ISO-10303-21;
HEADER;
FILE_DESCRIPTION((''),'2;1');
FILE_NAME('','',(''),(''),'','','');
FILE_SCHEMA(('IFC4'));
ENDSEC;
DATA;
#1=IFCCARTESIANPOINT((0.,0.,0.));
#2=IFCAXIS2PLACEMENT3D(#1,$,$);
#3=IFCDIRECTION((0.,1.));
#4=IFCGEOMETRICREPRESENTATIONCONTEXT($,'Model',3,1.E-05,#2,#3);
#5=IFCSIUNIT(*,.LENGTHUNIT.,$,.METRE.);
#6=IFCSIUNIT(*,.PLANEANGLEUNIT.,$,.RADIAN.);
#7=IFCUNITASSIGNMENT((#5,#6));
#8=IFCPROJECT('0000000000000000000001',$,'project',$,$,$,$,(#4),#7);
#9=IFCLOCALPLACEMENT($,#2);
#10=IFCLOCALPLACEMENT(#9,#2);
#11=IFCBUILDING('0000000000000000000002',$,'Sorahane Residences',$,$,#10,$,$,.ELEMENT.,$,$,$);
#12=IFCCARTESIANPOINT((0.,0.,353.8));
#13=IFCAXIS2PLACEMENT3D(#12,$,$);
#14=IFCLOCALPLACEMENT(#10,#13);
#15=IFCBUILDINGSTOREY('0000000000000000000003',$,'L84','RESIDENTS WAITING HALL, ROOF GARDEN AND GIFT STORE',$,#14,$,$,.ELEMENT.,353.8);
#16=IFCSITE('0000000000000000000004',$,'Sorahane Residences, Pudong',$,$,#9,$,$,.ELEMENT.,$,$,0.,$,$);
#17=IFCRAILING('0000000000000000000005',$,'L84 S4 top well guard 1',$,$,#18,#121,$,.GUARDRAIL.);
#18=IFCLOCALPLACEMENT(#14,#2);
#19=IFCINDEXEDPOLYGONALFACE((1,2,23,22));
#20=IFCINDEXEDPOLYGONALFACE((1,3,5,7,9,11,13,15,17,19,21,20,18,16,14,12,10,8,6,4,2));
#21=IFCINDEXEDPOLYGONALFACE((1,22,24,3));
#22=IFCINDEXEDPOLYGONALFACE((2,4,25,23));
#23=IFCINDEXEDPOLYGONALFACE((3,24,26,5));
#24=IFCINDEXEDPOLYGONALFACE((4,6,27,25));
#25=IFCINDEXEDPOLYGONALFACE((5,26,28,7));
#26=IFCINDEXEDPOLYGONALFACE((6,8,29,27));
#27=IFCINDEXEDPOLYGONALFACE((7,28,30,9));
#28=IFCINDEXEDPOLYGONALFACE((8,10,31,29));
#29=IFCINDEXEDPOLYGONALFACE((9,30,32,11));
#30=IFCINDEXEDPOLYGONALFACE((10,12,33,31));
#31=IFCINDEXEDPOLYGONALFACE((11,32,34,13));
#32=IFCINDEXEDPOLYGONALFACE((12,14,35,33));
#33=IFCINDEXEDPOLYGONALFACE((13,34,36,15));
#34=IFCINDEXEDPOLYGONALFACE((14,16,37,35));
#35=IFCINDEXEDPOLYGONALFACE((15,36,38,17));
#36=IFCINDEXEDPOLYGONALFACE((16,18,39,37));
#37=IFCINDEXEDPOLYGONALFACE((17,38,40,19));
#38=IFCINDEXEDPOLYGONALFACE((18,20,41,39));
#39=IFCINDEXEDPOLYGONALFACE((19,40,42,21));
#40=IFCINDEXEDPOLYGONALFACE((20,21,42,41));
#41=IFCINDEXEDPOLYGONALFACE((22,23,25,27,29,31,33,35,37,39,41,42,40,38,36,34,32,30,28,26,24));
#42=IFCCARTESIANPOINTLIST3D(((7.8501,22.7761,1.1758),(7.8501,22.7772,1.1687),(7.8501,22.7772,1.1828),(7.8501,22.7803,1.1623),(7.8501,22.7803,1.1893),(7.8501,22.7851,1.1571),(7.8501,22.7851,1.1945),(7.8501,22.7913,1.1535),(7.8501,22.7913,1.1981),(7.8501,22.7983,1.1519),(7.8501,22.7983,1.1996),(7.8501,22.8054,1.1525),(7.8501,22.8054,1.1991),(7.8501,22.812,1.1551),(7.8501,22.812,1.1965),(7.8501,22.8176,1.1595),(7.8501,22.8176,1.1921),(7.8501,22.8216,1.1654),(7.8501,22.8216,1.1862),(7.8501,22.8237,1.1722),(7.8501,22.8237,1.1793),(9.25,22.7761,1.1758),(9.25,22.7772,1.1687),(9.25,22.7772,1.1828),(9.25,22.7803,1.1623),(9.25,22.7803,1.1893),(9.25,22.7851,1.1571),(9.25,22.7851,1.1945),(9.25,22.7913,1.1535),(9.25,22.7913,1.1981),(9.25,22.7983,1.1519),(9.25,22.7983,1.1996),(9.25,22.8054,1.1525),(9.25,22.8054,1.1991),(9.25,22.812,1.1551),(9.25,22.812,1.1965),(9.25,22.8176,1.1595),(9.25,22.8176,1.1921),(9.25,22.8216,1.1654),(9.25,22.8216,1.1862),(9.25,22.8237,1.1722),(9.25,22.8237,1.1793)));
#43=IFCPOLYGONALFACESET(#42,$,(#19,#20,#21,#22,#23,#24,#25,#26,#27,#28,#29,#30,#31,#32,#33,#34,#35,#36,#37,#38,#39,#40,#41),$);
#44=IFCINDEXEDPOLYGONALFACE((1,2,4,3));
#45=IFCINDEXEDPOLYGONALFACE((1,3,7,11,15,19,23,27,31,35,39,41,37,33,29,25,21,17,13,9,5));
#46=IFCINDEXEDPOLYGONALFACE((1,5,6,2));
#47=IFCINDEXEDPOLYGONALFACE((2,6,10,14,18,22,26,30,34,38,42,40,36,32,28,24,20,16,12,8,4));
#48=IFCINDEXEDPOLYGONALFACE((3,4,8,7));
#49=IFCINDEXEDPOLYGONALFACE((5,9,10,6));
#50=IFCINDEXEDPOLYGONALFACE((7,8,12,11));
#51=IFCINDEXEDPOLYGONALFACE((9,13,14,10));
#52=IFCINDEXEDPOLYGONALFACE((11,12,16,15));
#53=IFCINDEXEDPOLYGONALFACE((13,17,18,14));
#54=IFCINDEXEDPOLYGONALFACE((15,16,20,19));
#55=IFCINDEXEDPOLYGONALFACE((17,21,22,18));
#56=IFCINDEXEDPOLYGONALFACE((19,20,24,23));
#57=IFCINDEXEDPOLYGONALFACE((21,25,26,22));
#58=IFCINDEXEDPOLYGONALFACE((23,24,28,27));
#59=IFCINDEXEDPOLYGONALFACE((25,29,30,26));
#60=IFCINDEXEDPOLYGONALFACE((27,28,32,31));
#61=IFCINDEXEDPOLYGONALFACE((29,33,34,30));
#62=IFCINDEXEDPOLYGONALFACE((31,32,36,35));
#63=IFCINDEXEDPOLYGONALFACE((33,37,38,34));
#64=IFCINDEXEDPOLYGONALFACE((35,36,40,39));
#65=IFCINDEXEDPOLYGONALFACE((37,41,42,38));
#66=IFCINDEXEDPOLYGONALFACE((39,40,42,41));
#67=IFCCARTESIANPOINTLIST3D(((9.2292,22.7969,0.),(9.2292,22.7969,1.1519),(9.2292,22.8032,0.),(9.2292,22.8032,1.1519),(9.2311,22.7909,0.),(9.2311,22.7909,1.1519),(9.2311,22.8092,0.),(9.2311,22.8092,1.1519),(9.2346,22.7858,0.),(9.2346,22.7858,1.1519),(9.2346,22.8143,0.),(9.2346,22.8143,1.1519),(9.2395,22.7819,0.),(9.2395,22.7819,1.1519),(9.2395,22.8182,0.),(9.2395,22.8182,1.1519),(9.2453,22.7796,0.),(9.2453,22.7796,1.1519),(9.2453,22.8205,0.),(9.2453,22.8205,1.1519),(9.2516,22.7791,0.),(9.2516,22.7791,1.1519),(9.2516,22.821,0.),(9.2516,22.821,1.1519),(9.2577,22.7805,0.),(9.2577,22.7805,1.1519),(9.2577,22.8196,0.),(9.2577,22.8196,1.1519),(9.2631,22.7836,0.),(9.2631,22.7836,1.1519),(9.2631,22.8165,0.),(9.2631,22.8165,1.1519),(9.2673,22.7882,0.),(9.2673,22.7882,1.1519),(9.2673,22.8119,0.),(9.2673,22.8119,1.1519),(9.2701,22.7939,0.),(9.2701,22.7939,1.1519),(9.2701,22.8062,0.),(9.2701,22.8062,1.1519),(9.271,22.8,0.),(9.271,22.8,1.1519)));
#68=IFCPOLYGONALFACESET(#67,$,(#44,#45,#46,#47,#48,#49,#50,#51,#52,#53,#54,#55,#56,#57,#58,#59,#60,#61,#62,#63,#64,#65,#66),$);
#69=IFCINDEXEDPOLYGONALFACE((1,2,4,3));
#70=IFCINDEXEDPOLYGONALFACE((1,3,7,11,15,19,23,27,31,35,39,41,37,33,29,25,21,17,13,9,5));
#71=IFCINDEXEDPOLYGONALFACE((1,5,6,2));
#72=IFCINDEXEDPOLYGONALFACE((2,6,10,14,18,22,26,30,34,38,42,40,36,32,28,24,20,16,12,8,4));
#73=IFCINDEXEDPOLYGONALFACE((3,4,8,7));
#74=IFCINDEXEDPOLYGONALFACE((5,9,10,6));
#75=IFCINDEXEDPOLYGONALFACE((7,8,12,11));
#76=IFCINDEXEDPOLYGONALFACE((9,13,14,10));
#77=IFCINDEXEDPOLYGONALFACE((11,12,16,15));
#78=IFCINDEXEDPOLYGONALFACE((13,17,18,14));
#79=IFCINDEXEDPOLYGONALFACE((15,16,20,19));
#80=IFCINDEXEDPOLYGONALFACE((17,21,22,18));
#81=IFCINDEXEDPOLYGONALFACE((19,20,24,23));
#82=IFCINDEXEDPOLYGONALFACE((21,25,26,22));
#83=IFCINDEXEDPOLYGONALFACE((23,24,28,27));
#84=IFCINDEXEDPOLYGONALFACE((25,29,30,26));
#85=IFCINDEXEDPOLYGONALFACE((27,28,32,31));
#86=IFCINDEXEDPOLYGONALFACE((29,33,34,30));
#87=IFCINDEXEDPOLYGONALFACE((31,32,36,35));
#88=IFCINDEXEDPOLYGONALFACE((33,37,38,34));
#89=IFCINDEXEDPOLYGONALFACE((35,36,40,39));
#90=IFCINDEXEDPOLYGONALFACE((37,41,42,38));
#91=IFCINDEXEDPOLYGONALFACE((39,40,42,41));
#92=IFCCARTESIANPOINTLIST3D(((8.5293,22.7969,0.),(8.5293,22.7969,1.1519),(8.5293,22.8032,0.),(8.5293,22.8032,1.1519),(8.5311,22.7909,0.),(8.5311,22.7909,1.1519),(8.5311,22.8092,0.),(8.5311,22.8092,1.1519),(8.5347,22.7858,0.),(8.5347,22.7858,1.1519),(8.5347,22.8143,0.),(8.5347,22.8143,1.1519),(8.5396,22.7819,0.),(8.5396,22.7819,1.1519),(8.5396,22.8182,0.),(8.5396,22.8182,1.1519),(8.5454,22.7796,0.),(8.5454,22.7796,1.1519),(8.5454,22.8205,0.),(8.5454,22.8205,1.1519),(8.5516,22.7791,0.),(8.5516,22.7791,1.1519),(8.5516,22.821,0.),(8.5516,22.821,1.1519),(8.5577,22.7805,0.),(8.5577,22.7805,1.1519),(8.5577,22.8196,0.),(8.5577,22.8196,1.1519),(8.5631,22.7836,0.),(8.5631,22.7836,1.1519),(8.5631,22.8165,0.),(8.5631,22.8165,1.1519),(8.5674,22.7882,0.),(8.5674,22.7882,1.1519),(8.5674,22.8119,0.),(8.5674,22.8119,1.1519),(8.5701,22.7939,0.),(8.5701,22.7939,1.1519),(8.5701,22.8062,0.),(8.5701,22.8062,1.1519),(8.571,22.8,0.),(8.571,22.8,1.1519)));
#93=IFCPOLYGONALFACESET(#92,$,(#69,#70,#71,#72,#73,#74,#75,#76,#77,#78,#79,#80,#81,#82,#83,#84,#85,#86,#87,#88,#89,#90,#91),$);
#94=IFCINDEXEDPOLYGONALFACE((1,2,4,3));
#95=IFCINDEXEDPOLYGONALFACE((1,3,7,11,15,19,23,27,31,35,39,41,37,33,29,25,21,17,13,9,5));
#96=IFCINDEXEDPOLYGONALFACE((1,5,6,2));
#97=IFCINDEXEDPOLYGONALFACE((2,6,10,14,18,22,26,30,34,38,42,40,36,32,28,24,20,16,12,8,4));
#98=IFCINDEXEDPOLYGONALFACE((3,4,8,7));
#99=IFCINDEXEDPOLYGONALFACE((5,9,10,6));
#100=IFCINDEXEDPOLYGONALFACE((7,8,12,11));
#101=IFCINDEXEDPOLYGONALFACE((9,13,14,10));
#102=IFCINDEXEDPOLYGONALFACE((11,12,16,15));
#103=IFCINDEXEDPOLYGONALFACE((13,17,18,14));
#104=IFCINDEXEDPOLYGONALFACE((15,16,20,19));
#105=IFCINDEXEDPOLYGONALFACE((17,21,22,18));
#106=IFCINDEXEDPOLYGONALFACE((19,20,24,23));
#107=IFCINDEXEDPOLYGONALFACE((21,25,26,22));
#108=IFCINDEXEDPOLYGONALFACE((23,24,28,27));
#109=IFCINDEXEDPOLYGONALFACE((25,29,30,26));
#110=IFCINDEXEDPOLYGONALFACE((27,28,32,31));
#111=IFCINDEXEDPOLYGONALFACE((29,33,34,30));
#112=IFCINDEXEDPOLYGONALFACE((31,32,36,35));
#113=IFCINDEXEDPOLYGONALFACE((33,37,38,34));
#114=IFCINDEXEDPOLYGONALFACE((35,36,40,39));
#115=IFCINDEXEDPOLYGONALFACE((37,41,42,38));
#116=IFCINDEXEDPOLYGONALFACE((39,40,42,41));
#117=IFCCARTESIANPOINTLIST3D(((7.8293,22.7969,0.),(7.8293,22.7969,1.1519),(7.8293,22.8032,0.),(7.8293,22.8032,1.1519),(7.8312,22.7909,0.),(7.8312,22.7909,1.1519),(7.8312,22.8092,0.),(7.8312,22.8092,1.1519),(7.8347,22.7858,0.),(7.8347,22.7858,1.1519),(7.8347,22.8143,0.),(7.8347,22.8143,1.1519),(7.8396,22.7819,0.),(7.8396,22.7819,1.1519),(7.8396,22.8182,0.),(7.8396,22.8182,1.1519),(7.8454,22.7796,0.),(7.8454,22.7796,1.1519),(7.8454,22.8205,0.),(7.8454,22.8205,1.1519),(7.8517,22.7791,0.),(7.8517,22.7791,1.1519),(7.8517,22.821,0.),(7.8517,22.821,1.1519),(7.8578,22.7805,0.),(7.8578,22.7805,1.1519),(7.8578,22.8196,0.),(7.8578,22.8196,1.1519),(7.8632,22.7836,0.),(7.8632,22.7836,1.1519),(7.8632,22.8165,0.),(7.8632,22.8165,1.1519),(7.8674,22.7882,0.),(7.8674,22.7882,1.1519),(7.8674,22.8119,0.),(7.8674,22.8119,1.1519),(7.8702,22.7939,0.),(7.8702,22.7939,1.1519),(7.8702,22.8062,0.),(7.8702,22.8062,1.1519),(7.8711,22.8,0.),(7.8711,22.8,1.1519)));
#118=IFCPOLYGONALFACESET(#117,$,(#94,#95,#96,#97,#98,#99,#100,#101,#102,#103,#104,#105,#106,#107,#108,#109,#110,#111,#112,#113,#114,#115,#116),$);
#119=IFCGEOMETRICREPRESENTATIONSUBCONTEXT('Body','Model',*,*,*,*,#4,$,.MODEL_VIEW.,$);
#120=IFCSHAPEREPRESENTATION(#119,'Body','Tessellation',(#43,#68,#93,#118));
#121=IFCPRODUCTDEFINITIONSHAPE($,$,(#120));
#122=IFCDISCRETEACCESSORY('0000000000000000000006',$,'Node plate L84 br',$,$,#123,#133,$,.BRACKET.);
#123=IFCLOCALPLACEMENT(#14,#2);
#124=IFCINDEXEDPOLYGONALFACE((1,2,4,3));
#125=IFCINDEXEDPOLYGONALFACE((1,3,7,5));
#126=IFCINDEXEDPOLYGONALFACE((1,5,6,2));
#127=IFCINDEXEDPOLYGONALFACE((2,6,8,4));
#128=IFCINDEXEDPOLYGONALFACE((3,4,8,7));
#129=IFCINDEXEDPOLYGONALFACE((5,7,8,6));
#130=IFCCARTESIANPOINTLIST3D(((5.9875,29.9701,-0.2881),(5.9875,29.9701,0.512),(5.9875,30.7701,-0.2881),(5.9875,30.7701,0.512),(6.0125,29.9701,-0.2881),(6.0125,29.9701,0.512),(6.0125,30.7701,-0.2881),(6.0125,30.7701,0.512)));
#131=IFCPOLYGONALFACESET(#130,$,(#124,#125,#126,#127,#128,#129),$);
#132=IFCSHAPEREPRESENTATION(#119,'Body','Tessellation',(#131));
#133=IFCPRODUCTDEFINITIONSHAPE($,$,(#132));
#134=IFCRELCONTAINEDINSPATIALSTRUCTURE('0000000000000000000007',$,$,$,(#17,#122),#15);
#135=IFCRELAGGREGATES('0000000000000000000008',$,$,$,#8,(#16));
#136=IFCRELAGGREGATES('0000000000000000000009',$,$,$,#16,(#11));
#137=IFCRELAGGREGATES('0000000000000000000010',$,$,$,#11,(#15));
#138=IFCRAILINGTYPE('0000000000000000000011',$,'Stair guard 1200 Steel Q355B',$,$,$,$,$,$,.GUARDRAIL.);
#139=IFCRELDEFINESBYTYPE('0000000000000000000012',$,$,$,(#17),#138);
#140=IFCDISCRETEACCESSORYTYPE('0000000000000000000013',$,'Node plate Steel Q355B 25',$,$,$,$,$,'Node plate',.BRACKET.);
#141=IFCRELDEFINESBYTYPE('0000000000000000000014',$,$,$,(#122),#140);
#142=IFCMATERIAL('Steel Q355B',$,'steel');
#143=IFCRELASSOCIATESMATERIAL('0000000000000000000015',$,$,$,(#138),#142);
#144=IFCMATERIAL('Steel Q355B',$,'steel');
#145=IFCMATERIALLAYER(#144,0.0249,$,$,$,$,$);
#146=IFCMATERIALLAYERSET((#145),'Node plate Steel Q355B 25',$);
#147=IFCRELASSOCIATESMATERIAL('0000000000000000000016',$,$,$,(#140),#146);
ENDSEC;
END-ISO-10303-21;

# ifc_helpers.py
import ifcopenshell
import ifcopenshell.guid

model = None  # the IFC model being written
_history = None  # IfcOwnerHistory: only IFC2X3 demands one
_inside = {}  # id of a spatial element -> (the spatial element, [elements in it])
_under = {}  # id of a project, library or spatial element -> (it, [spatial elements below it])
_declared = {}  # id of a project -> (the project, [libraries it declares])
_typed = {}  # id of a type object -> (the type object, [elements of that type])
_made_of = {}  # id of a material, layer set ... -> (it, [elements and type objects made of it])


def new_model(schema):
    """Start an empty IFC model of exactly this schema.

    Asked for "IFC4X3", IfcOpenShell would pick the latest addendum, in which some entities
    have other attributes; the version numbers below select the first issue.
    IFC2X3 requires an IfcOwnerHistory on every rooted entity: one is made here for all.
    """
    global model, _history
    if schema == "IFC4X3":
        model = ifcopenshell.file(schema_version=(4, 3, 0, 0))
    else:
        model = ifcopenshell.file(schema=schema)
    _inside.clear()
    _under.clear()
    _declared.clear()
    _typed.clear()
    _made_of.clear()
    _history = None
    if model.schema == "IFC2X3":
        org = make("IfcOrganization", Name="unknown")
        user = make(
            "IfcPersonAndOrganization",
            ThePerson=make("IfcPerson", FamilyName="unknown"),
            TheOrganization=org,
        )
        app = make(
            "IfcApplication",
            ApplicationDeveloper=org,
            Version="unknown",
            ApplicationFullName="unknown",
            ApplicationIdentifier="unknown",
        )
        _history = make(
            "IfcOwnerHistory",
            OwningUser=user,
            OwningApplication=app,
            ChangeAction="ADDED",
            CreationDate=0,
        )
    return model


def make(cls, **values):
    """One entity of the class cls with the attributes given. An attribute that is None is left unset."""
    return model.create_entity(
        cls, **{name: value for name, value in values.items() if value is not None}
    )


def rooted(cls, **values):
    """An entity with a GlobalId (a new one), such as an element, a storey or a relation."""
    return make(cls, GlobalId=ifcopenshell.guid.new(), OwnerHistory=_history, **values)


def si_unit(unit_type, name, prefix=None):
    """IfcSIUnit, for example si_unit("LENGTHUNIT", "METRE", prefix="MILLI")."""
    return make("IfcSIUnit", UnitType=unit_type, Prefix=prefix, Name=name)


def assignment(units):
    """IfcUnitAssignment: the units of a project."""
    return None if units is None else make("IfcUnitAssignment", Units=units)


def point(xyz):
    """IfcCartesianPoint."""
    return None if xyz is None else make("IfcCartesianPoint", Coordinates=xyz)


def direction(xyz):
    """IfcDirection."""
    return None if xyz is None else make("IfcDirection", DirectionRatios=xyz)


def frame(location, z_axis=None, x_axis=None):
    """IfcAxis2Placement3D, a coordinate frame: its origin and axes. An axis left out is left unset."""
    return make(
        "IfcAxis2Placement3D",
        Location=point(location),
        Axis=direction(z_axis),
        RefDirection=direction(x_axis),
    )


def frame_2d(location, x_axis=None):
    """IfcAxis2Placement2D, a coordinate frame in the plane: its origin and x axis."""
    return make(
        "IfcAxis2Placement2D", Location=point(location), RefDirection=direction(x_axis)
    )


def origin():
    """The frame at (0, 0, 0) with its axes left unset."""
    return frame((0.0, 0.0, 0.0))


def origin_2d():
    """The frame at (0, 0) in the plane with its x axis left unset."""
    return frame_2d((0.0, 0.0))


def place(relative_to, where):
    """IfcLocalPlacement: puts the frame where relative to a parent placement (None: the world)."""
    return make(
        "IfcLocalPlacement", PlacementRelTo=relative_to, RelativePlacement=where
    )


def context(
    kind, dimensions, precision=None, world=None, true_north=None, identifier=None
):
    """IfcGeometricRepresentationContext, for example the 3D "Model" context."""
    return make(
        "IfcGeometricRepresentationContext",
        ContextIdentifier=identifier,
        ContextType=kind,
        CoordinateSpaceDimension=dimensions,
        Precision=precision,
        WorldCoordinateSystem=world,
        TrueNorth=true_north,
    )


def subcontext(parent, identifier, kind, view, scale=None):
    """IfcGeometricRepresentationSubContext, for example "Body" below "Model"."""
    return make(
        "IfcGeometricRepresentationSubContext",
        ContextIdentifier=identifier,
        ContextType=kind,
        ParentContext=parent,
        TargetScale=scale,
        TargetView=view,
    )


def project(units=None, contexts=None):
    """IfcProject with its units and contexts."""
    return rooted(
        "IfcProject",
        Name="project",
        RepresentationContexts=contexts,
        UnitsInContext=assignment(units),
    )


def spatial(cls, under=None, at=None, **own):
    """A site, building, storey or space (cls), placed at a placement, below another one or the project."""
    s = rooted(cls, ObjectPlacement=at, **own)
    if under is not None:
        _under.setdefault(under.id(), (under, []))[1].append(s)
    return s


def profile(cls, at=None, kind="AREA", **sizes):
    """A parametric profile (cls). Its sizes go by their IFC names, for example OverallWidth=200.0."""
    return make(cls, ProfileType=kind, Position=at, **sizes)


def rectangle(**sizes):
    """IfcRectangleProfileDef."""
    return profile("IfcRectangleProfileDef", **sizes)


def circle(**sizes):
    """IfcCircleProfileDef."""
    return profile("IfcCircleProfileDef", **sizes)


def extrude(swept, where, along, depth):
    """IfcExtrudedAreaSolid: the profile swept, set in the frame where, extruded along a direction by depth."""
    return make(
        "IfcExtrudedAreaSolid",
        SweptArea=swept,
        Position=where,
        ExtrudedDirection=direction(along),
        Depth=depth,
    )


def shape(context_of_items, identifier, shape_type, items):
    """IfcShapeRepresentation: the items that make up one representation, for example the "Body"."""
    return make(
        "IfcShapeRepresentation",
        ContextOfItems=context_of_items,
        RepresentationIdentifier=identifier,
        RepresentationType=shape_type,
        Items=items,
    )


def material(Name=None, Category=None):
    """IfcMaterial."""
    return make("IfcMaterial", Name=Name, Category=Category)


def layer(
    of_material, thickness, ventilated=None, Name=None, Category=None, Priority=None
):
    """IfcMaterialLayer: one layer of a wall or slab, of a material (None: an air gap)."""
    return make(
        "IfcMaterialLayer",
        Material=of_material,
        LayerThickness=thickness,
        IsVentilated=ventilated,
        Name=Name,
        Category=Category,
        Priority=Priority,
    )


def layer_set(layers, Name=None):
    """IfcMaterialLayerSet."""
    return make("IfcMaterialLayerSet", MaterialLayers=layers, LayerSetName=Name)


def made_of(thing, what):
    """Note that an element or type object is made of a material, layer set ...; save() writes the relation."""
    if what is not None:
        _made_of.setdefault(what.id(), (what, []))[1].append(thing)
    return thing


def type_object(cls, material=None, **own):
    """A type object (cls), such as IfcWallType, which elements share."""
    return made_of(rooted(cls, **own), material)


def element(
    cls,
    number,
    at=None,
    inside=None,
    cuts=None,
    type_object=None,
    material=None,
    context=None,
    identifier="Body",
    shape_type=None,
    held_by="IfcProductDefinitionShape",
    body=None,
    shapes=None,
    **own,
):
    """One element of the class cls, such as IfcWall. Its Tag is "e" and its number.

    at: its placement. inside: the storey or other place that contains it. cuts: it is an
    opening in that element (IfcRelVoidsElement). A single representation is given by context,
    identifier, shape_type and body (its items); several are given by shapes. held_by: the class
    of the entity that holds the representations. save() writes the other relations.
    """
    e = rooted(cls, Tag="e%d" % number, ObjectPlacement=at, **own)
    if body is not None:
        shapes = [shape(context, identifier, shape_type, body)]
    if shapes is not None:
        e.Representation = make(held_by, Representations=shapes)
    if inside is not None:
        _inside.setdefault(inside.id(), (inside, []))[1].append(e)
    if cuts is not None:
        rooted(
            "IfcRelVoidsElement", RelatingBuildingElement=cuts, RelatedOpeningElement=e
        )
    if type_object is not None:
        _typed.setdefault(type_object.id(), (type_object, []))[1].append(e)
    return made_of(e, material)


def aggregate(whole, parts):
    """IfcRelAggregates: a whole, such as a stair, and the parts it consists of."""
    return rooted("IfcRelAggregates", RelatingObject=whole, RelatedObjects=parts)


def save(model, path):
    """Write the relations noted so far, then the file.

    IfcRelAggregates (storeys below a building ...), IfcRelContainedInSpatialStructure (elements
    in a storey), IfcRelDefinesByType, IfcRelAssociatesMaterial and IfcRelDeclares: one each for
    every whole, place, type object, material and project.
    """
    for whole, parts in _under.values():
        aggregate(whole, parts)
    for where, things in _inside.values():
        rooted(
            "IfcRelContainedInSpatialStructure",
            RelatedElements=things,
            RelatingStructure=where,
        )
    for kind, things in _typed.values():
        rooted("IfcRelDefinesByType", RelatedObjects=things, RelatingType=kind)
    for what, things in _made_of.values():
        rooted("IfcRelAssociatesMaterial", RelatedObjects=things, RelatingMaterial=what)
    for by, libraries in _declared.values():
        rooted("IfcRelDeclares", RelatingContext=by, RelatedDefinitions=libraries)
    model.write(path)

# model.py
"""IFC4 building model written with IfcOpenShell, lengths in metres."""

from ifc_helpers import new_model, si_unit, direction, frame, origin, origin_2d, place, context, subcontext, project, spatial, rectangle, circle, extrude, material, layer, layer_set, type_object, element, save


model = new_model("IFC4")

# Units and contexts
model_context = context("Model", 3, precision=1e-05, world=origin(), true_north=direction((0.0, 1.0)))
body_context = subcontext(model_context, "Body", "Model", "MODEL_VIEW")
ifc_project = project(units=[si_unit("LENGTHUNIT", "METRE"), si_unit("PLANEANGLEUNIT", "RADIAN")], contexts=[model_context])

# Site, building, storey
site_placement = place(None, origin())
site = spatial("IfcSite", under=ifc_project, at=site_placement, Name="Sorahane Residences, Pudong", CompositionType="ELEMENT", RefElevation=0.0)
building_placement = place(site_placement, origin())
building = spatial("IfcBuilding", under=site, at=building_placement, Name="Sorahane Residences", CompositionType="ELEMENT")
storey_placement = place(building_placement, frame((0.0, 0.0, 353.8)))
storey = spatial("IfcBuildingStorey", under=building, at=storey_placement, Name="L84", Description="RESIDENTS WAITING HALL, ROOF GARDEN AND GIFT STORE", CompositionType="ELEMENT", Elevation=353.8)

# Railing
ifc_material_1 = material(Name="Steel Q355B", Category="steel")
railing_type = type_object("IfcRailingType", Name="Stair guard 1200 Steel Q355B", PredefinedType="GUARDRAIL", material=ifc_material_1)
railing_placement = place(storey_placement, frame((9.25, 22.8, 0.0)))
element("IfcRailing", 1, at=railing_placement, inside=storey, type_object=railing_type, Name="L84 S4 top well guard 1", PredefinedType="GUARDRAIL", context=body_context, shape_type="SweptSolid", body=[
    extrude(circle(Radius=0.0239, at=origin_2d()), frame((0.0, 0.0, 1.1758), z_axis=(-1.0, 0.0, 0.0), x_axis=(0.0, -1.0, 0.0)), (0.0, 0.0, 1.0), 1.3999),
    extrude(circle(Radius=0.021, at=origin_2d()), origin(), (0.0, 0.0, 1.0), 1.1519),
    extrude(circle(Radius=0.021, at=origin_2d()), frame((-0.7, 0.0, 0.0)), (0.0, 0.0, 1.0), 1.1519),
    extrude(circle(Radius=0.021, at=origin_2d()), frame((-1.3999, 0.0, 0.0)), (0.0, 0.0, 1.0), 1.1519),
])

# Discrete accessory
ifc_material_2 = material(Name="Steel Q355B", Category="steel")
ifc_layer_1 = layer(ifc_material_2, 0.0249)
ifc_layer_set_1 = layer_set([ifc_layer_1], Name="Node plate Steel Q355B 25")
discrete_accessory_type = type_object("IfcDiscreteAccessoryType", Name="Node plate Steel Q355B 25", ElementType="Node plate", PredefinedType="BRACKET", material=ifc_layer_set_1)
discrete_accessory_placement = place(storey_placement, frame((6.0, 30.3701, -0.2881), z_axis=(0.0, 0.0, 1.0), x_axis=(0.0, 1.0, 0.0)))
element("IfcDiscreteAccessory", 2, at=discrete_accessory_placement, inside=storey, type_object=discrete_accessory_type, Name="Node plate L84 br", PredefinedType="BRACKET", context=body_context, shape_type="SweptSolid", body=[
    extrude(rectangle(XDim=0.8, YDim=0.0249, at=origin_2d()), origin(), (0.0, 0.0, 1.0), 0.8),
])

save(model, "model.ifc")
